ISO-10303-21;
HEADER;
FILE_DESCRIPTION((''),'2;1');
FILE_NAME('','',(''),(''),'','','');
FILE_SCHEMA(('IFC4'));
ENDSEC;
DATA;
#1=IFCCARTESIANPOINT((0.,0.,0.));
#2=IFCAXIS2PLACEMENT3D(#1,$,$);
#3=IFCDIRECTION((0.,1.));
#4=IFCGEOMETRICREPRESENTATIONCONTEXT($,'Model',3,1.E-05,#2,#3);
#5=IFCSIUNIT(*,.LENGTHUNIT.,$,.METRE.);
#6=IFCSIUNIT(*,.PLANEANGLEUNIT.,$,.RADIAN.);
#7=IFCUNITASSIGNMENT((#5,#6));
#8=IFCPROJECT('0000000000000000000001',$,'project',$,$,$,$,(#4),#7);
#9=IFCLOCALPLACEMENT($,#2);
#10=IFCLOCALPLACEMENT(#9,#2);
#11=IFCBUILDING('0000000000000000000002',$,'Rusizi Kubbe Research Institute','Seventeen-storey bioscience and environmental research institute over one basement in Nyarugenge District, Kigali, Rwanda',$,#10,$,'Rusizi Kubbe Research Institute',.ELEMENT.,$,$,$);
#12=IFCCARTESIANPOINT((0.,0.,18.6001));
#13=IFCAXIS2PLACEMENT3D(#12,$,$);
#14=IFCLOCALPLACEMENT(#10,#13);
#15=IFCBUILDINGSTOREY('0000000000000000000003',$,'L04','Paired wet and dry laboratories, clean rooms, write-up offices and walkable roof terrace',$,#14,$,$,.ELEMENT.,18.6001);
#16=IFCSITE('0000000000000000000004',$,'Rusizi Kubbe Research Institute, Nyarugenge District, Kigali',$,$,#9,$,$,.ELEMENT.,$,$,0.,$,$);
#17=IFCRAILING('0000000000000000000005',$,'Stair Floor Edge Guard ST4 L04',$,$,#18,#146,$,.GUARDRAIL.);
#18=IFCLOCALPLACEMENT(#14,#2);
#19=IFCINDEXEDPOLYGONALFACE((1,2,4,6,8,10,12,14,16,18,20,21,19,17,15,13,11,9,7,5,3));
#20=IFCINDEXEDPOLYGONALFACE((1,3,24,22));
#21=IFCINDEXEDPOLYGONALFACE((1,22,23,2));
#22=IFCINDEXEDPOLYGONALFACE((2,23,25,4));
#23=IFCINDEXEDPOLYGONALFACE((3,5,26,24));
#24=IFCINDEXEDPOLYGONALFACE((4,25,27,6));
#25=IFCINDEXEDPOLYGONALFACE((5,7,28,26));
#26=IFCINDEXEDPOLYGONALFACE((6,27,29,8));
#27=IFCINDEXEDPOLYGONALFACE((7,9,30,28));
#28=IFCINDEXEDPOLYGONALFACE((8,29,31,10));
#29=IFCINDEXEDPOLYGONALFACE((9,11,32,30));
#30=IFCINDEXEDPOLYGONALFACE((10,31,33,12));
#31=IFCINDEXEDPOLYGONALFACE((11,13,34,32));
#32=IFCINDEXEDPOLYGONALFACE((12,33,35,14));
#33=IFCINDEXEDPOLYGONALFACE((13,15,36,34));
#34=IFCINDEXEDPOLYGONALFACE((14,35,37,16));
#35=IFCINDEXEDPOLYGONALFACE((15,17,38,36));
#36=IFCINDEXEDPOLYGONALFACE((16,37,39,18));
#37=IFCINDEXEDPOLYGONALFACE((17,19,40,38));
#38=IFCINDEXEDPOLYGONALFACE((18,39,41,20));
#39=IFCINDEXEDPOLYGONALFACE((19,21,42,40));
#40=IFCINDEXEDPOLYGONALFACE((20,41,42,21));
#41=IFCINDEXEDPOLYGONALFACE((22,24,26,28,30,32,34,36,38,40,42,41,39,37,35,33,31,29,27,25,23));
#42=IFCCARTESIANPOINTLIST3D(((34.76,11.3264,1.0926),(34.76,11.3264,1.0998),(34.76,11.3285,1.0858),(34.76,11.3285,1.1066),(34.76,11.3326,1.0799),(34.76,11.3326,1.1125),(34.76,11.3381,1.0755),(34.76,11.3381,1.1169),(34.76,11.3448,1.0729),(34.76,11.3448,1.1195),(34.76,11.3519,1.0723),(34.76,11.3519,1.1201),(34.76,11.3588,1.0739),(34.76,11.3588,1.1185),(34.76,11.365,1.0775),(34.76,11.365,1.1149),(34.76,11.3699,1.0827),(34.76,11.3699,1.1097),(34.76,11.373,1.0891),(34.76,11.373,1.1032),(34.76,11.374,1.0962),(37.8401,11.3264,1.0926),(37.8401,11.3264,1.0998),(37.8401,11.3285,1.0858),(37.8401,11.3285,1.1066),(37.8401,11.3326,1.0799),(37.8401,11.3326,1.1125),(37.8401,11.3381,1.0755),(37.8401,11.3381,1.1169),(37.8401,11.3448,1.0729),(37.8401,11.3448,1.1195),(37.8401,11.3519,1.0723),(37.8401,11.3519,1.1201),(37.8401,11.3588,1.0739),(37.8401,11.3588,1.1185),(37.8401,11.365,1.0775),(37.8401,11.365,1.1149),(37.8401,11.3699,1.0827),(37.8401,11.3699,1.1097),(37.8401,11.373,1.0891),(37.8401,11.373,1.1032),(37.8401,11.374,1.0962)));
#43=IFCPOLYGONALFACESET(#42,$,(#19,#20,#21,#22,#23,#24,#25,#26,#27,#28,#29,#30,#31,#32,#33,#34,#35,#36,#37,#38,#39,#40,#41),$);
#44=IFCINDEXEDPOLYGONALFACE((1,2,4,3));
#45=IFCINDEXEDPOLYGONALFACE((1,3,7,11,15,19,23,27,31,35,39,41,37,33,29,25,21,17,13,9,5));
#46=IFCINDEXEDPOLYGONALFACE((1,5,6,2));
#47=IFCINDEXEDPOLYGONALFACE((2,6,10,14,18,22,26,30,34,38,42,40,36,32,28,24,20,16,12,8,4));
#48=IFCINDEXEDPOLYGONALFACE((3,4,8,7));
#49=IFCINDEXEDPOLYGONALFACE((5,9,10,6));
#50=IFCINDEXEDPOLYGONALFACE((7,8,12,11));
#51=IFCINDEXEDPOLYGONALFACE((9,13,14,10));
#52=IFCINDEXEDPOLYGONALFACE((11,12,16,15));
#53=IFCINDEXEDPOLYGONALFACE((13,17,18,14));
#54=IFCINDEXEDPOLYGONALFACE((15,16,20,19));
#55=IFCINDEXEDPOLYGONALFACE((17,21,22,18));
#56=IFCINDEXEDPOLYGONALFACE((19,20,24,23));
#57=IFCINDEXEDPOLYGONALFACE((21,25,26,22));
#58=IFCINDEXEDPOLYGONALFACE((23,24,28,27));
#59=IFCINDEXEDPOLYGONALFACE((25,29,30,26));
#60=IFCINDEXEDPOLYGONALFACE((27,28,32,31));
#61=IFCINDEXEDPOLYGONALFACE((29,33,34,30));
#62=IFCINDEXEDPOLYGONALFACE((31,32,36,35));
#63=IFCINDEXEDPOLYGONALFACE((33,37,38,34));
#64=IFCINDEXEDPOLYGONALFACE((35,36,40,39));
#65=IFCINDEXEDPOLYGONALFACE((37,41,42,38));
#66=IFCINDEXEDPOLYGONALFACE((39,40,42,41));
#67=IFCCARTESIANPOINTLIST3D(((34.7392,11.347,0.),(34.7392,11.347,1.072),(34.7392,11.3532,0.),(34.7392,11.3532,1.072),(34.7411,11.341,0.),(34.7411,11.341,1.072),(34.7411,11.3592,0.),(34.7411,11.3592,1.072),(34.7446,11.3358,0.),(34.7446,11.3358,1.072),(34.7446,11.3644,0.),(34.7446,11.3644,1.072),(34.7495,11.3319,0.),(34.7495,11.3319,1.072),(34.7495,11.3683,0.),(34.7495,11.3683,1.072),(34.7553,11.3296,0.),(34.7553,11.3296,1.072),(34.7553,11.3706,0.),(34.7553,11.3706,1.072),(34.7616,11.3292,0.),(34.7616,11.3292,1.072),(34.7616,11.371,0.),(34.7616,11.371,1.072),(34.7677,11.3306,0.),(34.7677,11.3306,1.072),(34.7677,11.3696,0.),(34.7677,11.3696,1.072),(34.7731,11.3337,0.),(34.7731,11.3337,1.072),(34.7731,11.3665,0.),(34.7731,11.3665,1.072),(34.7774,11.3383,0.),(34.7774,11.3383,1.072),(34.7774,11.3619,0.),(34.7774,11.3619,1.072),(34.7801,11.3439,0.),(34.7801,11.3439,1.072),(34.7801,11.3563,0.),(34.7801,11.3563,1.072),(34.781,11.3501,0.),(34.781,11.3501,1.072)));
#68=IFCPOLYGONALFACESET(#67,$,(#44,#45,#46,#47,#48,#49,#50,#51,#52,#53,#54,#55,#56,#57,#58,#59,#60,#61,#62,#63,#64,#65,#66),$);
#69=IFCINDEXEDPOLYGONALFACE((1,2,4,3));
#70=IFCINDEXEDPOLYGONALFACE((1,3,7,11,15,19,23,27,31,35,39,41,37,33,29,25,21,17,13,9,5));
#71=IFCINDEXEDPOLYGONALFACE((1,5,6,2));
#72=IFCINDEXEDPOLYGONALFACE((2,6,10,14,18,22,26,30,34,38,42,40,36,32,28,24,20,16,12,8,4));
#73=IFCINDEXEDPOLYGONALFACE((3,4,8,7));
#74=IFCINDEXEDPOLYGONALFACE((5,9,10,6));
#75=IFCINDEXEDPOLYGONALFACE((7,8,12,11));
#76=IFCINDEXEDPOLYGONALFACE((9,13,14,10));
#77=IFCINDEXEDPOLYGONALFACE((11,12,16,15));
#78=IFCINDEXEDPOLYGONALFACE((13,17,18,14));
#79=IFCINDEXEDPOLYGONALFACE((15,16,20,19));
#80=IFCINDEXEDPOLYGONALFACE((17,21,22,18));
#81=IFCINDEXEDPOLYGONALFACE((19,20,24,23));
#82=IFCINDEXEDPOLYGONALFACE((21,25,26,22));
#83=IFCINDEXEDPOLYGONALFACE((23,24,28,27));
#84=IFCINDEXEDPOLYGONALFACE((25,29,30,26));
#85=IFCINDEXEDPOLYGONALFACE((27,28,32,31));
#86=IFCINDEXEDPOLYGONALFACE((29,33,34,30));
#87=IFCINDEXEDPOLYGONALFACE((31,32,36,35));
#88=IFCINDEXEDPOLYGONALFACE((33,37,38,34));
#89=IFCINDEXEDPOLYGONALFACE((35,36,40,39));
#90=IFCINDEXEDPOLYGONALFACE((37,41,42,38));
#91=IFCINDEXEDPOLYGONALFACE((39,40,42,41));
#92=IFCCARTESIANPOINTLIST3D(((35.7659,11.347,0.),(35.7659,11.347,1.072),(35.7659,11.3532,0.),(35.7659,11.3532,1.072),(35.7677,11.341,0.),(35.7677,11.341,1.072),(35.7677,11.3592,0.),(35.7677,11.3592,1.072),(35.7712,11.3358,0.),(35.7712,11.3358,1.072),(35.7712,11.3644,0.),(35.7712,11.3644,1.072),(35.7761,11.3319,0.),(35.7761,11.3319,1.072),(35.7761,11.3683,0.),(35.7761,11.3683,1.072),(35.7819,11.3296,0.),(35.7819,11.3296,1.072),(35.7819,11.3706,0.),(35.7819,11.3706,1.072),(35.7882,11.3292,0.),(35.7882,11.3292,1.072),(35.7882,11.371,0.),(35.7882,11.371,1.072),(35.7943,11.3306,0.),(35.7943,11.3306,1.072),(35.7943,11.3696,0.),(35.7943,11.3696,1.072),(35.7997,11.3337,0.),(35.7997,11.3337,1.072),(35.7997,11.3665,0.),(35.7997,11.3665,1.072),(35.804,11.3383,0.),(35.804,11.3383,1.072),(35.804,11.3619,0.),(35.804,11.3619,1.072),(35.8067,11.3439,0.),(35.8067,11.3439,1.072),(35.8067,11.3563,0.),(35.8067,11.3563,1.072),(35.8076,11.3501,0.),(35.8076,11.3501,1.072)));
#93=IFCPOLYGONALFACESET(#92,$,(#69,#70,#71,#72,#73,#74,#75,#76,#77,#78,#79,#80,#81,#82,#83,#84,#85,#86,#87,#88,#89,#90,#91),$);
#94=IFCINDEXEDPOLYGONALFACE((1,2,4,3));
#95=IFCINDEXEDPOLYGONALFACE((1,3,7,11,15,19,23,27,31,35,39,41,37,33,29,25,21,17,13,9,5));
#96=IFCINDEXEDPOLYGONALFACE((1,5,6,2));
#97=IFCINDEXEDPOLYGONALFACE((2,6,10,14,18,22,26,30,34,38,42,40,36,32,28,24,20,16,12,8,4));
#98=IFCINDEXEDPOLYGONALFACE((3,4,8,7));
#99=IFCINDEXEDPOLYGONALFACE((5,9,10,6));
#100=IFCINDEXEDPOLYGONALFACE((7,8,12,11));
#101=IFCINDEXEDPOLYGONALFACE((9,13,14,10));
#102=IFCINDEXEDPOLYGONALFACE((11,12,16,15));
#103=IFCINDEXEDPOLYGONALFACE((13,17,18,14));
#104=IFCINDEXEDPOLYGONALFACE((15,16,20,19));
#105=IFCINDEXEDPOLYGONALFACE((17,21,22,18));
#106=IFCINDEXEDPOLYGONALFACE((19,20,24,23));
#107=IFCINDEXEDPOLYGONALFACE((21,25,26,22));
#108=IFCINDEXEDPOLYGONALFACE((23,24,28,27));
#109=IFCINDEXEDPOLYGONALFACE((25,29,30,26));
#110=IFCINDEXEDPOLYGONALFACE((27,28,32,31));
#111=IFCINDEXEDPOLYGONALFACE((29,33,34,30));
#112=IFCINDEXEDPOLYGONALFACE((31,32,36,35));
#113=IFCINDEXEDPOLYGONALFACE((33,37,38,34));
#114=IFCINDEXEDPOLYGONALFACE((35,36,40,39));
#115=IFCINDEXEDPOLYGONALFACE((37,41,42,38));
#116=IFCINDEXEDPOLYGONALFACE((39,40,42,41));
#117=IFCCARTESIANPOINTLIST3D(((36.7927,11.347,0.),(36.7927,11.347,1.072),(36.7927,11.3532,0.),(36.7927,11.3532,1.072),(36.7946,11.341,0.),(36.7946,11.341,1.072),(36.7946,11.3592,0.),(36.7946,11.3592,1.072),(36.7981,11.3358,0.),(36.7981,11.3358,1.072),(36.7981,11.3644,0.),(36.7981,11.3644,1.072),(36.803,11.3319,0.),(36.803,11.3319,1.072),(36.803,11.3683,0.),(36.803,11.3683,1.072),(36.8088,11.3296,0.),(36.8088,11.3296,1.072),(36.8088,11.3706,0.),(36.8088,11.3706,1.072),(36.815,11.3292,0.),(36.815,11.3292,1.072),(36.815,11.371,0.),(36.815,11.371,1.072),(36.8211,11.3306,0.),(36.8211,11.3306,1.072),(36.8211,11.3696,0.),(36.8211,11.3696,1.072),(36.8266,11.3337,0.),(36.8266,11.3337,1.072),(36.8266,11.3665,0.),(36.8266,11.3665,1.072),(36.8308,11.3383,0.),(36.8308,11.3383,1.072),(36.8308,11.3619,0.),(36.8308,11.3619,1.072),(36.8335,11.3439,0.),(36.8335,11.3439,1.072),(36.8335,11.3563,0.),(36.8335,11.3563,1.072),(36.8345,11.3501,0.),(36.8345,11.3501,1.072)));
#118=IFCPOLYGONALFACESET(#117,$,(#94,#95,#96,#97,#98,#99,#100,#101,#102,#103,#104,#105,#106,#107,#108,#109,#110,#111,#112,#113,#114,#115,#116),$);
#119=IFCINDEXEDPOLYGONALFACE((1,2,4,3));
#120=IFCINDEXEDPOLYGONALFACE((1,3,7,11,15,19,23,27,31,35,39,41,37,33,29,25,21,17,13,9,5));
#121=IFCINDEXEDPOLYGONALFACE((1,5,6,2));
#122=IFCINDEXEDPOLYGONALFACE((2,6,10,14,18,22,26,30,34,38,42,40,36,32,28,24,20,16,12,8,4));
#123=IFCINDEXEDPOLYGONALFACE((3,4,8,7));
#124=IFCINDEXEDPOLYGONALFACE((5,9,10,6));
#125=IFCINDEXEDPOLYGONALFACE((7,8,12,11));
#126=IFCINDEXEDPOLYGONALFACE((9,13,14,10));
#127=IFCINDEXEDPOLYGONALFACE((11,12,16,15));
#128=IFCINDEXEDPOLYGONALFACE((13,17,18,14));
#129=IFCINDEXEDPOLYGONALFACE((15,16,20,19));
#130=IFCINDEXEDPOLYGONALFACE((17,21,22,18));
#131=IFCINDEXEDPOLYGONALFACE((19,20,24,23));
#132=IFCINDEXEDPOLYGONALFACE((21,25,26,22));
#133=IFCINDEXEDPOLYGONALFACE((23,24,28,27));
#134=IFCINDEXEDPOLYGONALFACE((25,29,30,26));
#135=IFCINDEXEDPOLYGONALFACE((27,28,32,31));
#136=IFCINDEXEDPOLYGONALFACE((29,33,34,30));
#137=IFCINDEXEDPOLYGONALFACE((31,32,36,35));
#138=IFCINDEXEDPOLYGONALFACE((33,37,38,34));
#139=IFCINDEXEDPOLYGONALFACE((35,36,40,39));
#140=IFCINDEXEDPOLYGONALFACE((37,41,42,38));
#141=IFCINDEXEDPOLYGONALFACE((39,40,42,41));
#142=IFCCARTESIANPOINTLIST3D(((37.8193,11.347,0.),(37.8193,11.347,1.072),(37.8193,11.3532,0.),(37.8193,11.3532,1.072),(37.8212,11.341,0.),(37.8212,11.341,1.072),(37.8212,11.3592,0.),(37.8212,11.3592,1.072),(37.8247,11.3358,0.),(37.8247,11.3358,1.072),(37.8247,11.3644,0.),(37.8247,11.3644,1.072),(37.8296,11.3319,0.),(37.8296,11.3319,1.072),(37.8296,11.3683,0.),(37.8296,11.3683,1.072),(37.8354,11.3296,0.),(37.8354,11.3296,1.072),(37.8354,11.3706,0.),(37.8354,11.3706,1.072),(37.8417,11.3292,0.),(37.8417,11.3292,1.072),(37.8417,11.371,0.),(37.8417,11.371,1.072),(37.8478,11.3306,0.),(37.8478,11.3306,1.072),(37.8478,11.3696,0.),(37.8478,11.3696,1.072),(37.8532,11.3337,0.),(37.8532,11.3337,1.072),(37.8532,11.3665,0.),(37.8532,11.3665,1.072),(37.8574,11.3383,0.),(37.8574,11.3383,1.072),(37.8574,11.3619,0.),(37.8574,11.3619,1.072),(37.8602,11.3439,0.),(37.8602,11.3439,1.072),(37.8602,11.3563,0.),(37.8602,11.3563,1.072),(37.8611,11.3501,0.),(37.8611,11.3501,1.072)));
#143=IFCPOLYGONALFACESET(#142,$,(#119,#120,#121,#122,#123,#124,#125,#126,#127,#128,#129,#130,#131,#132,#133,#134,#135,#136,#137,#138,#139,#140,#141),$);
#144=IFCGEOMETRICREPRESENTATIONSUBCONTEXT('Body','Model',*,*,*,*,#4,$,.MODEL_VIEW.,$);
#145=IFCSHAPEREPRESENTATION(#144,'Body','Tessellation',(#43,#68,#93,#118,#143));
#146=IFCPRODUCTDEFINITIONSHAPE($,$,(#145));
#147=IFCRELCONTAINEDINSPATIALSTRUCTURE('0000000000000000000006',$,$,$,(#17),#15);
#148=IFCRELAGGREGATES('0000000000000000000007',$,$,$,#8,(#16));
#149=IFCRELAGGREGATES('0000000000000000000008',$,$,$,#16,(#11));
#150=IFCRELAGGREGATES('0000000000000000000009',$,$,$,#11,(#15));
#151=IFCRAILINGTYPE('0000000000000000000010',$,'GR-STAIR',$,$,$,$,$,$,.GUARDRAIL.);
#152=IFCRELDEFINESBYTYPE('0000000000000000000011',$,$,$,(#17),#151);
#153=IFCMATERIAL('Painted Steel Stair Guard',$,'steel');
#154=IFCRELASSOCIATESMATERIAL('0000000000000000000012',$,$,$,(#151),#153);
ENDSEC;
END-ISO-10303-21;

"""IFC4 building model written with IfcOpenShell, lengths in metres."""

from ifc_helpers import new_model, si_unit, direction, frame, origin, origin_2d, place, context, subcontext, project, spatial, circle, extrude, material, type_object, element, save


model = new_model("IFC4")

# Units and contexts
model_context = context("Model", 3, precision=1e-05, world=origin(), true_north=direction((0.0, 1.0)))
body_context = subcontext(model_context, "Body", "Model", "MODEL_VIEW")
ifc_project = project(units=[si_unit("LENGTHUNIT", "METRE"), si_unit("PLANEANGLEUNIT", "RADIAN")], contexts=[model_context])

# Site, building, storey
site_placement = place(None, origin())
site = spatial("IfcSite", under=ifc_project, at=site_placement, Name="Rusizi Kubbe Research Institute, Nyarugenge District, Kigali", CompositionType="ELEMENT", RefElevation=0.0)
building_placement = place(site_placement, origin())
building = spatial("IfcBuilding", under=site, at=building_placement, Name="Rusizi Kubbe Research Institute", Description="Seventeen-storey bioscience and environmental research institute over one basement in Nyarugenge District, Kigali, Rwanda", LongName="Rusizi Kubbe Research Institute", CompositionType="ELEMENT")
storey_placement = place(building_placement, frame((0.0, 0.0, 18.6001)))
storey = spatial("IfcBuildingStorey", under=building, at=storey_placement, Name="L04", Description="Paired wet and dry laboratories, clean rooms, write-up offices and walkable roof terrace", CompositionType="ELEMENT", Elevation=18.6001)

# Railing
ifc_material_1 = material(Name="Painted Steel Stair Guard", Category="steel")
railing_type = type_object("IfcRailingType", Name="GR-STAIR", PredefinedType="GUARDRAIL", material=ifc_material_1)
railing_1_placement = place(storey_placement, frame((34.76, 11.3501, 0.0)))
element("IfcRailing", 1, at=railing_1_placement, inside=storey, type_object=railing_type, Name="Stair Floor Edge Guard ST4 L04", PredefinedType="GUARDRAIL", context=body_context, shape_type="SweptSolid", body=[
    extrude(circle(Radius=0.0239, at=origin_2d()), frame((0.0, 0.0, 1.0962), z_axis=(1.0, 0.0, 0.0), x_axis=(0.0, 1.0, 0.0)), (0.0, 0.0, 1.0), 3.0801),
    extrude(circle(Radius=0.021, at=origin_2d()), origin(), (0.0, 0.0, 1.0), 1.072),
    extrude(circle(Radius=0.021, at=origin_2d()), frame((1.0266, 0.0, 0.0)), (0.0, 0.0, 1.0), 1.072),
    extrude(circle(Radius=0.021, at=origin_2d()), frame((2.0535, 0.0, 0.0)), (0.0, 0.0, 1.0), 1.072),
    extrude(circle(Radius=0.021, at=origin_2d()), frame((3.0801, 0.0, 0.0)), (0.0, 0.0, 1.0), 1.072),
])

save(model, "model.ifc")
